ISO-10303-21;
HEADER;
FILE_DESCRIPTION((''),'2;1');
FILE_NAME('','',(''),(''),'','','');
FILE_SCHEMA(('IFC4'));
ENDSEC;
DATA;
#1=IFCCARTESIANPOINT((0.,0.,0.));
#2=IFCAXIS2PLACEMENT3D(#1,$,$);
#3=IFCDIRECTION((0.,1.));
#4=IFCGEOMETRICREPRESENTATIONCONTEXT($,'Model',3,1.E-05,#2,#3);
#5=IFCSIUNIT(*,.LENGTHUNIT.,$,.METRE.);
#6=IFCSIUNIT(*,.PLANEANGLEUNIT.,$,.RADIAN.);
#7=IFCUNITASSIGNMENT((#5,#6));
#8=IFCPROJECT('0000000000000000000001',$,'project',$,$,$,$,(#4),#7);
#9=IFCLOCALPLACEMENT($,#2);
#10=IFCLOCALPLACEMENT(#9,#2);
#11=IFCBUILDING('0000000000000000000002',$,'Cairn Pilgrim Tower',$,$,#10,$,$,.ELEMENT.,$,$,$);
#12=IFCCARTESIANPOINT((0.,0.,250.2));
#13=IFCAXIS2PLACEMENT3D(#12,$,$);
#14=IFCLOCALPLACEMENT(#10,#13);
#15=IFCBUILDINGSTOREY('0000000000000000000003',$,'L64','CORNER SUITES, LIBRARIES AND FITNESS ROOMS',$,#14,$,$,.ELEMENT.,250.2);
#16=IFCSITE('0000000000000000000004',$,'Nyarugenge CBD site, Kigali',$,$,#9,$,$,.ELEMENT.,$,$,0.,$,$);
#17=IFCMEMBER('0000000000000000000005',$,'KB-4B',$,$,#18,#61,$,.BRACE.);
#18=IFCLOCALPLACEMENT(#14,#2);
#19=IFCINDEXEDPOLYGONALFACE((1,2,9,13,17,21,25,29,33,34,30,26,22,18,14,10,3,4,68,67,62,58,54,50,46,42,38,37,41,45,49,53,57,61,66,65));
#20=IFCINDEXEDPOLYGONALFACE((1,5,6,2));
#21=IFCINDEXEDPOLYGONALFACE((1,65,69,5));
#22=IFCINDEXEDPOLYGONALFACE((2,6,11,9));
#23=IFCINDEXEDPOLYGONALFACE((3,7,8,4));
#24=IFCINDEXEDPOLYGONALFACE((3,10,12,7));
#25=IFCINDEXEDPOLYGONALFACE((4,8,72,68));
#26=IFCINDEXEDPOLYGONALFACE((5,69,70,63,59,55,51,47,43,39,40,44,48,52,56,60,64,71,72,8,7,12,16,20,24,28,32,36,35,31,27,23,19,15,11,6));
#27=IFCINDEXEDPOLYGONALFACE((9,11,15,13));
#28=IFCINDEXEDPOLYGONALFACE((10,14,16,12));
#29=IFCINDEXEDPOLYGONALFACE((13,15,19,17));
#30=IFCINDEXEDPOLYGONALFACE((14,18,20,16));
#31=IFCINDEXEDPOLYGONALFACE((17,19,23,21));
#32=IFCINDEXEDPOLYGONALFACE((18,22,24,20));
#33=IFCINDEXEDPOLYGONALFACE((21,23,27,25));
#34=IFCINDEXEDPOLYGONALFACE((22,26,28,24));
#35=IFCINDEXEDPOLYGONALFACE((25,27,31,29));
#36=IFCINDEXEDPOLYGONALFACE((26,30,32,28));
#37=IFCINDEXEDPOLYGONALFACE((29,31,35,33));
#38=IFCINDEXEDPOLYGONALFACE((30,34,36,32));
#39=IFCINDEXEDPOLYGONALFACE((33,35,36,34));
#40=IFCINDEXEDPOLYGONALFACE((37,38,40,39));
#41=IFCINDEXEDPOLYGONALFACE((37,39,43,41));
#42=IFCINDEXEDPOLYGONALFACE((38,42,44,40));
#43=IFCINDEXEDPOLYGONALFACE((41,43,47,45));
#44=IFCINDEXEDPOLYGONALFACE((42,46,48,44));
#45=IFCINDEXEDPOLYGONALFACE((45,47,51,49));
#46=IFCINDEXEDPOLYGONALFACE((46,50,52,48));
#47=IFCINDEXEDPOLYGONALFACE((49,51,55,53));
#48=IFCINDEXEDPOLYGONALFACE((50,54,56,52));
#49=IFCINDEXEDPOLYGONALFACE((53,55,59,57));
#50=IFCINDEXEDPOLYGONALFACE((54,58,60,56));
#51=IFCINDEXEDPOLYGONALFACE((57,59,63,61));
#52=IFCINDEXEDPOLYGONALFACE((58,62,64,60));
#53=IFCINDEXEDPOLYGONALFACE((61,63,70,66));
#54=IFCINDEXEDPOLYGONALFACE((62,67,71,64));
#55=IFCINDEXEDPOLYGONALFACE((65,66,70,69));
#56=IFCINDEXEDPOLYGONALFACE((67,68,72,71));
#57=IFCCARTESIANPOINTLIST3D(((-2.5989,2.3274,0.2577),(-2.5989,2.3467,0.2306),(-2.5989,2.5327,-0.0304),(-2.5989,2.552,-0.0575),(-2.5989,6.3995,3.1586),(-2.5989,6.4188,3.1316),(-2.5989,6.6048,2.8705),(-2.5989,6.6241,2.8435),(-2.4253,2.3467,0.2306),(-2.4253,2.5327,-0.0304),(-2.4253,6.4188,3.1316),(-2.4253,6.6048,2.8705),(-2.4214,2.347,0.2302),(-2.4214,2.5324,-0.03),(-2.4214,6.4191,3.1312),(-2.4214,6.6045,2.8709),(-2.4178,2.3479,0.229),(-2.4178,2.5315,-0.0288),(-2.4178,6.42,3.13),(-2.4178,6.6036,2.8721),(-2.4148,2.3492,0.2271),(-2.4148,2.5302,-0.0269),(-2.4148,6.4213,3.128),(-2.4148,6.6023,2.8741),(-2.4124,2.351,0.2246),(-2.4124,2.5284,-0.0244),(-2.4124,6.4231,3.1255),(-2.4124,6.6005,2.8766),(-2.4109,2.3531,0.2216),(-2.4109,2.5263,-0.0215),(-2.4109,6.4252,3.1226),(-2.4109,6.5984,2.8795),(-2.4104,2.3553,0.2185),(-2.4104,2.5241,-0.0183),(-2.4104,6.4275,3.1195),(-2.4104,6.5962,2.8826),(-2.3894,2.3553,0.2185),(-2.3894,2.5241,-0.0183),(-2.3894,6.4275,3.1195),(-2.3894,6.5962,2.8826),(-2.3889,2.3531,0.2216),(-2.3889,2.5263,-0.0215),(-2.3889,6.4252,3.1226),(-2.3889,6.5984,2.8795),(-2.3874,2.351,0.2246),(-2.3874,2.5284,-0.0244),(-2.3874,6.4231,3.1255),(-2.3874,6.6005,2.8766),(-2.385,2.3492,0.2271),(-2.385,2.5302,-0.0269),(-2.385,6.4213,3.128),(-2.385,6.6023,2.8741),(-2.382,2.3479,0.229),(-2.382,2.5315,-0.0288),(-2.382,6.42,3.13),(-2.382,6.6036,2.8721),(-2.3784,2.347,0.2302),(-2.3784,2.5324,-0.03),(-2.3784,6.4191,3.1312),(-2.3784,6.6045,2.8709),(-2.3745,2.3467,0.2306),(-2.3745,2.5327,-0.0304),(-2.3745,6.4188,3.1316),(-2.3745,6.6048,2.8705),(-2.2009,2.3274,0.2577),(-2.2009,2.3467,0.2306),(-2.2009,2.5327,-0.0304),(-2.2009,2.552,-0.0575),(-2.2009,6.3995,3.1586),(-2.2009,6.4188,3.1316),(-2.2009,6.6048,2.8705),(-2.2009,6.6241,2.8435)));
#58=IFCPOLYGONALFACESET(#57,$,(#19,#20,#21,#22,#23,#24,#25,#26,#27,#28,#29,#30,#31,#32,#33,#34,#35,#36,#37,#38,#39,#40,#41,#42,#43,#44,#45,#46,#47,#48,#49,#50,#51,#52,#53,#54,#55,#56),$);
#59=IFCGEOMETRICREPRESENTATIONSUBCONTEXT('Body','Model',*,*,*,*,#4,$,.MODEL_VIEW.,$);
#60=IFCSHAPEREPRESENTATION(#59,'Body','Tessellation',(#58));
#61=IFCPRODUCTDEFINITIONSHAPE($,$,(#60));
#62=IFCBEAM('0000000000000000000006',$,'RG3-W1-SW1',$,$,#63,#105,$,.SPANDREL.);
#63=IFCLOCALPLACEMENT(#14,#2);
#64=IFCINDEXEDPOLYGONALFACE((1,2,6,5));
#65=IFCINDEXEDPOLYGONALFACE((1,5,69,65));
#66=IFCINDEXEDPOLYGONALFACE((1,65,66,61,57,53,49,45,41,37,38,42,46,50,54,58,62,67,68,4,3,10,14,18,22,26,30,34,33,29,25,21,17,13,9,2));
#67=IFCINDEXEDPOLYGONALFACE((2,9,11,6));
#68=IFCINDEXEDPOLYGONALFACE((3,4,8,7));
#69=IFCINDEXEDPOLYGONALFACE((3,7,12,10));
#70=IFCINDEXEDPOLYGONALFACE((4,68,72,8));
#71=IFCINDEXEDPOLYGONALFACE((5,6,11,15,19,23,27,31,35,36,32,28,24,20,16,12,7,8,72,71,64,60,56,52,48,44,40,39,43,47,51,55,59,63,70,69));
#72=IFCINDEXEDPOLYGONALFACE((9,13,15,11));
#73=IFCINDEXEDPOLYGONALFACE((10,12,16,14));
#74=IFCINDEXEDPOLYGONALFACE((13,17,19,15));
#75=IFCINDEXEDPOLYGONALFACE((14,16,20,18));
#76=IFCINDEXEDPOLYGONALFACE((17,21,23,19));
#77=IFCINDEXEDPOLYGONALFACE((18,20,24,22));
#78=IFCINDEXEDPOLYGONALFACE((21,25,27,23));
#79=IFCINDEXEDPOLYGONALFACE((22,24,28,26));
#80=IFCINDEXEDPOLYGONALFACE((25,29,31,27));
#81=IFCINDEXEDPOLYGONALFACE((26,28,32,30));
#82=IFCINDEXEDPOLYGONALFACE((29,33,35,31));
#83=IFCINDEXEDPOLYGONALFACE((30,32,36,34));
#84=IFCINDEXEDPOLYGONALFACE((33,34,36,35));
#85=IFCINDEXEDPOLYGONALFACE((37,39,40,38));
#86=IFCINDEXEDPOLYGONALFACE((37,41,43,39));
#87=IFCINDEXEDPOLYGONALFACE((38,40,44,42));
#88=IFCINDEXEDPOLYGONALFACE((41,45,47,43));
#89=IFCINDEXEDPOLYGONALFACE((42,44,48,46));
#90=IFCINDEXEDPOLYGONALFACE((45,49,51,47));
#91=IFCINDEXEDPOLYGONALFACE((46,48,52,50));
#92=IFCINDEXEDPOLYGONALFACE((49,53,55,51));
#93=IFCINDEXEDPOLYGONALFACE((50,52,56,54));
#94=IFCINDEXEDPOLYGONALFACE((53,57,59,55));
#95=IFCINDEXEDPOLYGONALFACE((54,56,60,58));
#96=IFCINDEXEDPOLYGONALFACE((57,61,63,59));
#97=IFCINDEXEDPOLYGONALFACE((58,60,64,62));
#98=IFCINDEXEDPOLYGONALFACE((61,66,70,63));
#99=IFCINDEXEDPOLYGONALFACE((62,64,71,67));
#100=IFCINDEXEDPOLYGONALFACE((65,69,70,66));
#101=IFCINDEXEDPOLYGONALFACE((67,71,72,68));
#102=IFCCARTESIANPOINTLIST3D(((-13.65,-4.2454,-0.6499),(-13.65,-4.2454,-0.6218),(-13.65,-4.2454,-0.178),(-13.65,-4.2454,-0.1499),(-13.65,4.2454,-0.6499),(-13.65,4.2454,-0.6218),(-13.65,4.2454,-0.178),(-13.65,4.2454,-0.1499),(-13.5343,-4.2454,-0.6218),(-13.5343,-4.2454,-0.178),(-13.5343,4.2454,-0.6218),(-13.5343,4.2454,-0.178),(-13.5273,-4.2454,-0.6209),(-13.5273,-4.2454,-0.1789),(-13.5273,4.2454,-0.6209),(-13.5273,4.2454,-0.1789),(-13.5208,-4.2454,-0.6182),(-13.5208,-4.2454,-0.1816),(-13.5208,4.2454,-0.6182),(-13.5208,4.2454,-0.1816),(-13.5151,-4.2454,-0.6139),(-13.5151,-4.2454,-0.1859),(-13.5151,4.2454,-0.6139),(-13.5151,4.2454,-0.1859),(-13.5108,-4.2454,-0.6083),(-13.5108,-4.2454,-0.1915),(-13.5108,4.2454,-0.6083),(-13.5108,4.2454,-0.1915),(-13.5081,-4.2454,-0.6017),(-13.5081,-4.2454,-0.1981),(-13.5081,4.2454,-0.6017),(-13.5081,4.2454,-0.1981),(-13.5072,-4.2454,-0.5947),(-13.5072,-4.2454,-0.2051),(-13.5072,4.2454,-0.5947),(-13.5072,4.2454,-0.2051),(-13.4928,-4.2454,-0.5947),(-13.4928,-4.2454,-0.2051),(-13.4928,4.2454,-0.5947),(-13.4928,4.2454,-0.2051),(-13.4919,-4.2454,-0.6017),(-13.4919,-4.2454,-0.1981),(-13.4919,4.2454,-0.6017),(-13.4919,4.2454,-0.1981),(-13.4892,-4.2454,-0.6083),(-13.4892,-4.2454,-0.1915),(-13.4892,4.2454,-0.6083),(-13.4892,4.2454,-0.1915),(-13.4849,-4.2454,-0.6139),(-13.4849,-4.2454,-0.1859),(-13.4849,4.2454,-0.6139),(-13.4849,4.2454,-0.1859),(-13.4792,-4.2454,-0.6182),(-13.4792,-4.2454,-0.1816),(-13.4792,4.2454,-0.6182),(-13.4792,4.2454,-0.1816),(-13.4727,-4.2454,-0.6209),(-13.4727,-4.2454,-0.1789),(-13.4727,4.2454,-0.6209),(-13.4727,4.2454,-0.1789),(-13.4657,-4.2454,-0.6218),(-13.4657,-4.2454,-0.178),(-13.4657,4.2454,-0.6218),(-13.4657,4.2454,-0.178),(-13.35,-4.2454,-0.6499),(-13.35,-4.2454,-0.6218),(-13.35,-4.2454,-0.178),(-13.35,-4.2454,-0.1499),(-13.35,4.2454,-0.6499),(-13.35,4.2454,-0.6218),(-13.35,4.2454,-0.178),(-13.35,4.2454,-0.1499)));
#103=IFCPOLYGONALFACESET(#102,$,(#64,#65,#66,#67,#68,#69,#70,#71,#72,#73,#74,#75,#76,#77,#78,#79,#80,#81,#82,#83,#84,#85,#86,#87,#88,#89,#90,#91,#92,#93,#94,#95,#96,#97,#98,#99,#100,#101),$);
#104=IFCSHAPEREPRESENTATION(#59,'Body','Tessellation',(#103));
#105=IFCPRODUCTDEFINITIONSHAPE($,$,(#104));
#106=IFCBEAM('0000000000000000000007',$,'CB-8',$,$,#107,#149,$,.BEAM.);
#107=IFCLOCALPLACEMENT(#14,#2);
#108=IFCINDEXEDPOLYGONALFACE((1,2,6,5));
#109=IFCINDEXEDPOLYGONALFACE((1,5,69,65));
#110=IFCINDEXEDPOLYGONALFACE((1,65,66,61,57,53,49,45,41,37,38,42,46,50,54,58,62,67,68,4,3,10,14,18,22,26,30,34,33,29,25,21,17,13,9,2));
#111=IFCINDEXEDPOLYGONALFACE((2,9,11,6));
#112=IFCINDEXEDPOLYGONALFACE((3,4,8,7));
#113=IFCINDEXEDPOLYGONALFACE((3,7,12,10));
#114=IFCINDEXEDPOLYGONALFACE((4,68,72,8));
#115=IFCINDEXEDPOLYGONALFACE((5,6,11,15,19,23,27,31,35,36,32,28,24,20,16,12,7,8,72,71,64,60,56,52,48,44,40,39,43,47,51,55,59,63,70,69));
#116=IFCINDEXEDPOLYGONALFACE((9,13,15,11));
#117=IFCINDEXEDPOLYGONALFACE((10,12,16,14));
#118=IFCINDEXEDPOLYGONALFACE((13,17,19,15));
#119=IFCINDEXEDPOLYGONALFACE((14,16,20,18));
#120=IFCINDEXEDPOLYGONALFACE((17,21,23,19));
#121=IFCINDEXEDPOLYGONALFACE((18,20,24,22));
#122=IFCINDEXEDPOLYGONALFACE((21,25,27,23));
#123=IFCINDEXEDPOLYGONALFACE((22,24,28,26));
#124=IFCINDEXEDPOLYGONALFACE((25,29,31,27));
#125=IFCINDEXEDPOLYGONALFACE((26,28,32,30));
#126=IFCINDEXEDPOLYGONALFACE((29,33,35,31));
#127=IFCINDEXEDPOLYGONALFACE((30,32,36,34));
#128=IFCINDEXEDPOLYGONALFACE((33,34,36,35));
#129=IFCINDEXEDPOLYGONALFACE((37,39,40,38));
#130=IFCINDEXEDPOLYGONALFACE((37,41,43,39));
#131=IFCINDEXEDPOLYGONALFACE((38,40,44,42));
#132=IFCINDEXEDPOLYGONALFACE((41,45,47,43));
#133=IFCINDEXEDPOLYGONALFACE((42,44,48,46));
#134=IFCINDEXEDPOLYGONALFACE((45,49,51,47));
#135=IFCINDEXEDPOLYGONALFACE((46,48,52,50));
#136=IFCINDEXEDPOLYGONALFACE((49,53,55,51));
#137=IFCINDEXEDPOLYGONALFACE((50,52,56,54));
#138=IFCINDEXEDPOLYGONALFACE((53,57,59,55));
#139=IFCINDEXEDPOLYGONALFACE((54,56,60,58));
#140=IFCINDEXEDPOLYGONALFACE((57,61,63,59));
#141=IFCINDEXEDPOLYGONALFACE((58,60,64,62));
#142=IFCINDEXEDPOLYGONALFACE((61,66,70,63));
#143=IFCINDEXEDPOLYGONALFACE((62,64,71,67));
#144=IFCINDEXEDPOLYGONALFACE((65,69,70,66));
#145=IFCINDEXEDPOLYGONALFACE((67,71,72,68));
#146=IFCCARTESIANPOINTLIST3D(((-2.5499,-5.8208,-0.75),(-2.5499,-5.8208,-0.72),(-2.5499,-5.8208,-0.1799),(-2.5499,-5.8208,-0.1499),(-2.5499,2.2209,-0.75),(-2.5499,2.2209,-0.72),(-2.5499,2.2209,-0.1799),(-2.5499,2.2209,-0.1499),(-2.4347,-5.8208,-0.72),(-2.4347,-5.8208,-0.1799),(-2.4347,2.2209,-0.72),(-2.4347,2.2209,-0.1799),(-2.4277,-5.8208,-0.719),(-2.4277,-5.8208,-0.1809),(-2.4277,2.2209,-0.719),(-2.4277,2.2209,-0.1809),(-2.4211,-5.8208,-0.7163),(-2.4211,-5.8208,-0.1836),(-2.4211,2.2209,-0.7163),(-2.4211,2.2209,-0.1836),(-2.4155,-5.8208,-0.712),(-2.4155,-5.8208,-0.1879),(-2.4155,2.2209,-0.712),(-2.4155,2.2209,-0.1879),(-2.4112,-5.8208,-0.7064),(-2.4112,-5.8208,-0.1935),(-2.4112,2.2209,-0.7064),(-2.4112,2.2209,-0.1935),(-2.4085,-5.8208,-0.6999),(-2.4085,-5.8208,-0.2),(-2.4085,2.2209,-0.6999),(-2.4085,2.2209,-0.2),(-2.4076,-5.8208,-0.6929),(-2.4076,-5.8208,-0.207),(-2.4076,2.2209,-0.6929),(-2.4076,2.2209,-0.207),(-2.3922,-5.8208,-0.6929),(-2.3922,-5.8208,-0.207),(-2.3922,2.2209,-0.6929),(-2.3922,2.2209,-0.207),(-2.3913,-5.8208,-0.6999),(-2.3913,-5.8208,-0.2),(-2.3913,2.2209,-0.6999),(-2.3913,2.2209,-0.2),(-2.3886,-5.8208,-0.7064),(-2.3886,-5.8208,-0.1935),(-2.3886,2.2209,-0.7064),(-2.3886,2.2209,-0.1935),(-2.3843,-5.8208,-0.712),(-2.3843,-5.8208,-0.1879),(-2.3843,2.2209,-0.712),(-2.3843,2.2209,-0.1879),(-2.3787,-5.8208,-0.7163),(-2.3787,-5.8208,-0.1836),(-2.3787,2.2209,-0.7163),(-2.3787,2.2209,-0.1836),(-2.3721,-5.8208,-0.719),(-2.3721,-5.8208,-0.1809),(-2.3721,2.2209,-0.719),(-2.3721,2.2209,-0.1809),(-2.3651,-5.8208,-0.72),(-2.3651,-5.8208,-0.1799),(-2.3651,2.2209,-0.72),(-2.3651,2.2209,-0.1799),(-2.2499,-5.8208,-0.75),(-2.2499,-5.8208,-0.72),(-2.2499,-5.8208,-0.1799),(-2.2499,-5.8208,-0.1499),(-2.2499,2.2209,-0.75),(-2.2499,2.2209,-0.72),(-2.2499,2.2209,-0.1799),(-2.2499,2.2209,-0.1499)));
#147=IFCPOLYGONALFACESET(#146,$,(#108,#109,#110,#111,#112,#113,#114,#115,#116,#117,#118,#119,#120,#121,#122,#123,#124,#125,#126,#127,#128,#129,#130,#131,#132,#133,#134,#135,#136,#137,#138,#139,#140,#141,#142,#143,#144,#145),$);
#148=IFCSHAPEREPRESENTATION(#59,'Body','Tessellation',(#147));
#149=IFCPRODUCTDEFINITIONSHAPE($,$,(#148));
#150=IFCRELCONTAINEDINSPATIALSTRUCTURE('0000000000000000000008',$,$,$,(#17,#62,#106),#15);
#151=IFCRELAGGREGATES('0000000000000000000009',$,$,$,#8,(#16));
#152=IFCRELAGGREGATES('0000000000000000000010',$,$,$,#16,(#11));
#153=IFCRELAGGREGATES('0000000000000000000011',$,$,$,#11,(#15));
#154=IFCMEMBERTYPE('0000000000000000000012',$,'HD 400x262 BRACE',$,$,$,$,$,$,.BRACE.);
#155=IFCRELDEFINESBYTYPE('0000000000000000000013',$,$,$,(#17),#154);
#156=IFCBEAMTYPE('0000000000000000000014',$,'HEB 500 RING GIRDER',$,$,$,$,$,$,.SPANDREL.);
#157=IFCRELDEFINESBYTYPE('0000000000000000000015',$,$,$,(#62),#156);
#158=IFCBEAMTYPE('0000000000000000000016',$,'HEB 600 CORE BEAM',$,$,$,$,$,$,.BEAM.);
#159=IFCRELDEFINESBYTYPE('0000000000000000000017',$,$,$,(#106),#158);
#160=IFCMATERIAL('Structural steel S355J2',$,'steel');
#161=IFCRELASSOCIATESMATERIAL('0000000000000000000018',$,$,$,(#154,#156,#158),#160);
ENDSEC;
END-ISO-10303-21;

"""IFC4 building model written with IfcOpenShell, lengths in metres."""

from ifc_helpers import new_model, si_unit, direction, frame, origin, origin_2d, place, context, subcontext, project, spatial, i_section, extrude, material, material_profile, profile_set, type_object, element, save


model = new_model("IFC4")

# Units and contexts
model_context = context("Model", 3, precision=1e-05, world=origin(), true_north=direction((0.0, 1.0)))
body_context = subcontext(model_context, "Body", "Model", "MODEL_VIEW")
ifc_project = project(units=[si_unit("LENGTHUNIT", "METRE"), si_unit("PLANEANGLEUNIT", "RADIAN")], contexts=[model_context])

# Site, building, storey
site_placement = place(None, origin())
site = spatial("IfcSite", under=ifc_project, at=site_placement, Name="Nyarugenge CBD site, Kigali", CompositionType="ELEMENT", RefElevation=0.0)
building_placement = place(site_placement, origin())
building = spatial("IfcBuilding", under=site, at=building_placement, Name="Cairn Pilgrim Tower", CompositionType="ELEMENT")
storey_placement = place(building_placement, frame((0.0, 0.0, 250.2)))
storey = spatial("IfcBuildingStorey", under=building, at=storey_placement, Name="L64", Description="CORNER SUITES, LIBRARIES AND FITNESS ROOMS", CompositionType="ELEMENT", Elevation=250.2)

# Shared definitions
ifc_material_1 = material(Name="Structural steel S355J2", Category="steel")

# Member
ifc_material_profile_1 = material_profile(ifc_material_1, i_section(OverallWidth=0.3979, OverallDepth=0.387, WebThickness=0.021, FlangeThickness=0.0332, FilletRadius=0.0149, at=origin_2d()), Name="HD 400x262")
ifc_profile_set_1 = profile_set([ifc_material_profile_1], Name="Structural steel S355J2")
member_type_1 = type_object("IfcMemberType", Name="HD 400x262 BRACE", PredefinedType="BRACE", material=ifc_profile_set_1)
member_1_placement = place(storey_placement, frame((-2.3999, 2.4397, 0.1001), z_axis=(0.0, 0.814462, 0.580217), x_axis=(-1.0, 0.0, 0.0)))
element("IfcMember", 1, at=member_1_placement, inside=storey, type_object=member_type_1, Name="KB-4B", PredefinedType="BRACE", context=body_context, shape_type="SweptSolid", body=[
    extrude(i_section(OverallWidth=0.3979, OverallDepth=0.387, WebThickness=0.021, FlangeThickness=0.0332, FilletRadius=0.0149, at=origin_2d()), origin(), (0.0, 0.0, 1.0), 4.9998),
])

# Beams
ifc_material_profile_2 = material_profile(ifc_material_1, i_section(OverallWidth=0.3, OverallDepth=0.5, WebThickness=0.0144, FlangeThickness=0.0281, FilletRadius=0.0271, at=origin_2d()), Name="HEB 500")
ifc_profile_set_2 = profile_set([ifc_material_profile_2], Name="Structural steel S355J2")
beam_type_1 = type_object("IfcBeamType", Name="HEB 500 RING GIRDER", PredefinedType="SPANDREL", material=ifc_profile_set_2)
beam_1_placement = place(storey_placement, frame((-13.5, 4.2454, -0.3999), z_axis=(0.0, -1.0, 0.0), x_axis=(1.0, 0.0, 0.0)))
element("IfcBeam", 2, at=beam_1_placement, inside=storey, type_object=beam_type_1, Name="RG3-W1-SW1", PredefinedType="SPANDREL", context=body_context, shape_type="SweptSolid", body=[
    extrude(i_section(OverallWidth=0.3, OverallDepth=0.5, WebThickness=0.0144, FlangeThickness=0.0281, FilletRadius=0.0271, at=origin_2d()), origin(), (0.0, 0.0, 1.0), 8.4907),
])
ifc_material_profile_3 = material_profile(ifc_material_1, i_section(OverallWidth=0.3, OverallDepth=0.6001, WebThickness=0.0154, FlangeThickness=0.03, FilletRadius=0.0271, at=origin_2d()), Name="HEB 600")
ifc_profile_set_3 = profile_set([ifc_material_profile_3], Name="Structural steel S355J2")
beam_type_2 = type_object("IfcBeamType", Name="HEB 600 CORE BEAM", PredefinedType="BEAM", material=ifc_profile_set_3)
beam_2_placement = place(storey_placement, frame((-2.3999, 2.2209, -0.45), z_axis=(0.0, -1.0, 0.0), x_axis=(1.0, 0.0, 0.0)))
element("IfcBeam", 3, at=beam_2_placement, inside=storey, type_object=beam_type_2, Name="CB-8", PredefinedType="BEAM", context=body_context, shape_type="SweptSolid", body=[
    extrude(i_section(OverallWidth=0.3, OverallDepth=0.6001, WebThickness=0.0154, FlangeThickness=0.03, FilletRadius=0.0271, at=origin_2d()), origin(), (0.0, 0.0, 1.0), 8.0417),
])

save(model, "model.ifc")
